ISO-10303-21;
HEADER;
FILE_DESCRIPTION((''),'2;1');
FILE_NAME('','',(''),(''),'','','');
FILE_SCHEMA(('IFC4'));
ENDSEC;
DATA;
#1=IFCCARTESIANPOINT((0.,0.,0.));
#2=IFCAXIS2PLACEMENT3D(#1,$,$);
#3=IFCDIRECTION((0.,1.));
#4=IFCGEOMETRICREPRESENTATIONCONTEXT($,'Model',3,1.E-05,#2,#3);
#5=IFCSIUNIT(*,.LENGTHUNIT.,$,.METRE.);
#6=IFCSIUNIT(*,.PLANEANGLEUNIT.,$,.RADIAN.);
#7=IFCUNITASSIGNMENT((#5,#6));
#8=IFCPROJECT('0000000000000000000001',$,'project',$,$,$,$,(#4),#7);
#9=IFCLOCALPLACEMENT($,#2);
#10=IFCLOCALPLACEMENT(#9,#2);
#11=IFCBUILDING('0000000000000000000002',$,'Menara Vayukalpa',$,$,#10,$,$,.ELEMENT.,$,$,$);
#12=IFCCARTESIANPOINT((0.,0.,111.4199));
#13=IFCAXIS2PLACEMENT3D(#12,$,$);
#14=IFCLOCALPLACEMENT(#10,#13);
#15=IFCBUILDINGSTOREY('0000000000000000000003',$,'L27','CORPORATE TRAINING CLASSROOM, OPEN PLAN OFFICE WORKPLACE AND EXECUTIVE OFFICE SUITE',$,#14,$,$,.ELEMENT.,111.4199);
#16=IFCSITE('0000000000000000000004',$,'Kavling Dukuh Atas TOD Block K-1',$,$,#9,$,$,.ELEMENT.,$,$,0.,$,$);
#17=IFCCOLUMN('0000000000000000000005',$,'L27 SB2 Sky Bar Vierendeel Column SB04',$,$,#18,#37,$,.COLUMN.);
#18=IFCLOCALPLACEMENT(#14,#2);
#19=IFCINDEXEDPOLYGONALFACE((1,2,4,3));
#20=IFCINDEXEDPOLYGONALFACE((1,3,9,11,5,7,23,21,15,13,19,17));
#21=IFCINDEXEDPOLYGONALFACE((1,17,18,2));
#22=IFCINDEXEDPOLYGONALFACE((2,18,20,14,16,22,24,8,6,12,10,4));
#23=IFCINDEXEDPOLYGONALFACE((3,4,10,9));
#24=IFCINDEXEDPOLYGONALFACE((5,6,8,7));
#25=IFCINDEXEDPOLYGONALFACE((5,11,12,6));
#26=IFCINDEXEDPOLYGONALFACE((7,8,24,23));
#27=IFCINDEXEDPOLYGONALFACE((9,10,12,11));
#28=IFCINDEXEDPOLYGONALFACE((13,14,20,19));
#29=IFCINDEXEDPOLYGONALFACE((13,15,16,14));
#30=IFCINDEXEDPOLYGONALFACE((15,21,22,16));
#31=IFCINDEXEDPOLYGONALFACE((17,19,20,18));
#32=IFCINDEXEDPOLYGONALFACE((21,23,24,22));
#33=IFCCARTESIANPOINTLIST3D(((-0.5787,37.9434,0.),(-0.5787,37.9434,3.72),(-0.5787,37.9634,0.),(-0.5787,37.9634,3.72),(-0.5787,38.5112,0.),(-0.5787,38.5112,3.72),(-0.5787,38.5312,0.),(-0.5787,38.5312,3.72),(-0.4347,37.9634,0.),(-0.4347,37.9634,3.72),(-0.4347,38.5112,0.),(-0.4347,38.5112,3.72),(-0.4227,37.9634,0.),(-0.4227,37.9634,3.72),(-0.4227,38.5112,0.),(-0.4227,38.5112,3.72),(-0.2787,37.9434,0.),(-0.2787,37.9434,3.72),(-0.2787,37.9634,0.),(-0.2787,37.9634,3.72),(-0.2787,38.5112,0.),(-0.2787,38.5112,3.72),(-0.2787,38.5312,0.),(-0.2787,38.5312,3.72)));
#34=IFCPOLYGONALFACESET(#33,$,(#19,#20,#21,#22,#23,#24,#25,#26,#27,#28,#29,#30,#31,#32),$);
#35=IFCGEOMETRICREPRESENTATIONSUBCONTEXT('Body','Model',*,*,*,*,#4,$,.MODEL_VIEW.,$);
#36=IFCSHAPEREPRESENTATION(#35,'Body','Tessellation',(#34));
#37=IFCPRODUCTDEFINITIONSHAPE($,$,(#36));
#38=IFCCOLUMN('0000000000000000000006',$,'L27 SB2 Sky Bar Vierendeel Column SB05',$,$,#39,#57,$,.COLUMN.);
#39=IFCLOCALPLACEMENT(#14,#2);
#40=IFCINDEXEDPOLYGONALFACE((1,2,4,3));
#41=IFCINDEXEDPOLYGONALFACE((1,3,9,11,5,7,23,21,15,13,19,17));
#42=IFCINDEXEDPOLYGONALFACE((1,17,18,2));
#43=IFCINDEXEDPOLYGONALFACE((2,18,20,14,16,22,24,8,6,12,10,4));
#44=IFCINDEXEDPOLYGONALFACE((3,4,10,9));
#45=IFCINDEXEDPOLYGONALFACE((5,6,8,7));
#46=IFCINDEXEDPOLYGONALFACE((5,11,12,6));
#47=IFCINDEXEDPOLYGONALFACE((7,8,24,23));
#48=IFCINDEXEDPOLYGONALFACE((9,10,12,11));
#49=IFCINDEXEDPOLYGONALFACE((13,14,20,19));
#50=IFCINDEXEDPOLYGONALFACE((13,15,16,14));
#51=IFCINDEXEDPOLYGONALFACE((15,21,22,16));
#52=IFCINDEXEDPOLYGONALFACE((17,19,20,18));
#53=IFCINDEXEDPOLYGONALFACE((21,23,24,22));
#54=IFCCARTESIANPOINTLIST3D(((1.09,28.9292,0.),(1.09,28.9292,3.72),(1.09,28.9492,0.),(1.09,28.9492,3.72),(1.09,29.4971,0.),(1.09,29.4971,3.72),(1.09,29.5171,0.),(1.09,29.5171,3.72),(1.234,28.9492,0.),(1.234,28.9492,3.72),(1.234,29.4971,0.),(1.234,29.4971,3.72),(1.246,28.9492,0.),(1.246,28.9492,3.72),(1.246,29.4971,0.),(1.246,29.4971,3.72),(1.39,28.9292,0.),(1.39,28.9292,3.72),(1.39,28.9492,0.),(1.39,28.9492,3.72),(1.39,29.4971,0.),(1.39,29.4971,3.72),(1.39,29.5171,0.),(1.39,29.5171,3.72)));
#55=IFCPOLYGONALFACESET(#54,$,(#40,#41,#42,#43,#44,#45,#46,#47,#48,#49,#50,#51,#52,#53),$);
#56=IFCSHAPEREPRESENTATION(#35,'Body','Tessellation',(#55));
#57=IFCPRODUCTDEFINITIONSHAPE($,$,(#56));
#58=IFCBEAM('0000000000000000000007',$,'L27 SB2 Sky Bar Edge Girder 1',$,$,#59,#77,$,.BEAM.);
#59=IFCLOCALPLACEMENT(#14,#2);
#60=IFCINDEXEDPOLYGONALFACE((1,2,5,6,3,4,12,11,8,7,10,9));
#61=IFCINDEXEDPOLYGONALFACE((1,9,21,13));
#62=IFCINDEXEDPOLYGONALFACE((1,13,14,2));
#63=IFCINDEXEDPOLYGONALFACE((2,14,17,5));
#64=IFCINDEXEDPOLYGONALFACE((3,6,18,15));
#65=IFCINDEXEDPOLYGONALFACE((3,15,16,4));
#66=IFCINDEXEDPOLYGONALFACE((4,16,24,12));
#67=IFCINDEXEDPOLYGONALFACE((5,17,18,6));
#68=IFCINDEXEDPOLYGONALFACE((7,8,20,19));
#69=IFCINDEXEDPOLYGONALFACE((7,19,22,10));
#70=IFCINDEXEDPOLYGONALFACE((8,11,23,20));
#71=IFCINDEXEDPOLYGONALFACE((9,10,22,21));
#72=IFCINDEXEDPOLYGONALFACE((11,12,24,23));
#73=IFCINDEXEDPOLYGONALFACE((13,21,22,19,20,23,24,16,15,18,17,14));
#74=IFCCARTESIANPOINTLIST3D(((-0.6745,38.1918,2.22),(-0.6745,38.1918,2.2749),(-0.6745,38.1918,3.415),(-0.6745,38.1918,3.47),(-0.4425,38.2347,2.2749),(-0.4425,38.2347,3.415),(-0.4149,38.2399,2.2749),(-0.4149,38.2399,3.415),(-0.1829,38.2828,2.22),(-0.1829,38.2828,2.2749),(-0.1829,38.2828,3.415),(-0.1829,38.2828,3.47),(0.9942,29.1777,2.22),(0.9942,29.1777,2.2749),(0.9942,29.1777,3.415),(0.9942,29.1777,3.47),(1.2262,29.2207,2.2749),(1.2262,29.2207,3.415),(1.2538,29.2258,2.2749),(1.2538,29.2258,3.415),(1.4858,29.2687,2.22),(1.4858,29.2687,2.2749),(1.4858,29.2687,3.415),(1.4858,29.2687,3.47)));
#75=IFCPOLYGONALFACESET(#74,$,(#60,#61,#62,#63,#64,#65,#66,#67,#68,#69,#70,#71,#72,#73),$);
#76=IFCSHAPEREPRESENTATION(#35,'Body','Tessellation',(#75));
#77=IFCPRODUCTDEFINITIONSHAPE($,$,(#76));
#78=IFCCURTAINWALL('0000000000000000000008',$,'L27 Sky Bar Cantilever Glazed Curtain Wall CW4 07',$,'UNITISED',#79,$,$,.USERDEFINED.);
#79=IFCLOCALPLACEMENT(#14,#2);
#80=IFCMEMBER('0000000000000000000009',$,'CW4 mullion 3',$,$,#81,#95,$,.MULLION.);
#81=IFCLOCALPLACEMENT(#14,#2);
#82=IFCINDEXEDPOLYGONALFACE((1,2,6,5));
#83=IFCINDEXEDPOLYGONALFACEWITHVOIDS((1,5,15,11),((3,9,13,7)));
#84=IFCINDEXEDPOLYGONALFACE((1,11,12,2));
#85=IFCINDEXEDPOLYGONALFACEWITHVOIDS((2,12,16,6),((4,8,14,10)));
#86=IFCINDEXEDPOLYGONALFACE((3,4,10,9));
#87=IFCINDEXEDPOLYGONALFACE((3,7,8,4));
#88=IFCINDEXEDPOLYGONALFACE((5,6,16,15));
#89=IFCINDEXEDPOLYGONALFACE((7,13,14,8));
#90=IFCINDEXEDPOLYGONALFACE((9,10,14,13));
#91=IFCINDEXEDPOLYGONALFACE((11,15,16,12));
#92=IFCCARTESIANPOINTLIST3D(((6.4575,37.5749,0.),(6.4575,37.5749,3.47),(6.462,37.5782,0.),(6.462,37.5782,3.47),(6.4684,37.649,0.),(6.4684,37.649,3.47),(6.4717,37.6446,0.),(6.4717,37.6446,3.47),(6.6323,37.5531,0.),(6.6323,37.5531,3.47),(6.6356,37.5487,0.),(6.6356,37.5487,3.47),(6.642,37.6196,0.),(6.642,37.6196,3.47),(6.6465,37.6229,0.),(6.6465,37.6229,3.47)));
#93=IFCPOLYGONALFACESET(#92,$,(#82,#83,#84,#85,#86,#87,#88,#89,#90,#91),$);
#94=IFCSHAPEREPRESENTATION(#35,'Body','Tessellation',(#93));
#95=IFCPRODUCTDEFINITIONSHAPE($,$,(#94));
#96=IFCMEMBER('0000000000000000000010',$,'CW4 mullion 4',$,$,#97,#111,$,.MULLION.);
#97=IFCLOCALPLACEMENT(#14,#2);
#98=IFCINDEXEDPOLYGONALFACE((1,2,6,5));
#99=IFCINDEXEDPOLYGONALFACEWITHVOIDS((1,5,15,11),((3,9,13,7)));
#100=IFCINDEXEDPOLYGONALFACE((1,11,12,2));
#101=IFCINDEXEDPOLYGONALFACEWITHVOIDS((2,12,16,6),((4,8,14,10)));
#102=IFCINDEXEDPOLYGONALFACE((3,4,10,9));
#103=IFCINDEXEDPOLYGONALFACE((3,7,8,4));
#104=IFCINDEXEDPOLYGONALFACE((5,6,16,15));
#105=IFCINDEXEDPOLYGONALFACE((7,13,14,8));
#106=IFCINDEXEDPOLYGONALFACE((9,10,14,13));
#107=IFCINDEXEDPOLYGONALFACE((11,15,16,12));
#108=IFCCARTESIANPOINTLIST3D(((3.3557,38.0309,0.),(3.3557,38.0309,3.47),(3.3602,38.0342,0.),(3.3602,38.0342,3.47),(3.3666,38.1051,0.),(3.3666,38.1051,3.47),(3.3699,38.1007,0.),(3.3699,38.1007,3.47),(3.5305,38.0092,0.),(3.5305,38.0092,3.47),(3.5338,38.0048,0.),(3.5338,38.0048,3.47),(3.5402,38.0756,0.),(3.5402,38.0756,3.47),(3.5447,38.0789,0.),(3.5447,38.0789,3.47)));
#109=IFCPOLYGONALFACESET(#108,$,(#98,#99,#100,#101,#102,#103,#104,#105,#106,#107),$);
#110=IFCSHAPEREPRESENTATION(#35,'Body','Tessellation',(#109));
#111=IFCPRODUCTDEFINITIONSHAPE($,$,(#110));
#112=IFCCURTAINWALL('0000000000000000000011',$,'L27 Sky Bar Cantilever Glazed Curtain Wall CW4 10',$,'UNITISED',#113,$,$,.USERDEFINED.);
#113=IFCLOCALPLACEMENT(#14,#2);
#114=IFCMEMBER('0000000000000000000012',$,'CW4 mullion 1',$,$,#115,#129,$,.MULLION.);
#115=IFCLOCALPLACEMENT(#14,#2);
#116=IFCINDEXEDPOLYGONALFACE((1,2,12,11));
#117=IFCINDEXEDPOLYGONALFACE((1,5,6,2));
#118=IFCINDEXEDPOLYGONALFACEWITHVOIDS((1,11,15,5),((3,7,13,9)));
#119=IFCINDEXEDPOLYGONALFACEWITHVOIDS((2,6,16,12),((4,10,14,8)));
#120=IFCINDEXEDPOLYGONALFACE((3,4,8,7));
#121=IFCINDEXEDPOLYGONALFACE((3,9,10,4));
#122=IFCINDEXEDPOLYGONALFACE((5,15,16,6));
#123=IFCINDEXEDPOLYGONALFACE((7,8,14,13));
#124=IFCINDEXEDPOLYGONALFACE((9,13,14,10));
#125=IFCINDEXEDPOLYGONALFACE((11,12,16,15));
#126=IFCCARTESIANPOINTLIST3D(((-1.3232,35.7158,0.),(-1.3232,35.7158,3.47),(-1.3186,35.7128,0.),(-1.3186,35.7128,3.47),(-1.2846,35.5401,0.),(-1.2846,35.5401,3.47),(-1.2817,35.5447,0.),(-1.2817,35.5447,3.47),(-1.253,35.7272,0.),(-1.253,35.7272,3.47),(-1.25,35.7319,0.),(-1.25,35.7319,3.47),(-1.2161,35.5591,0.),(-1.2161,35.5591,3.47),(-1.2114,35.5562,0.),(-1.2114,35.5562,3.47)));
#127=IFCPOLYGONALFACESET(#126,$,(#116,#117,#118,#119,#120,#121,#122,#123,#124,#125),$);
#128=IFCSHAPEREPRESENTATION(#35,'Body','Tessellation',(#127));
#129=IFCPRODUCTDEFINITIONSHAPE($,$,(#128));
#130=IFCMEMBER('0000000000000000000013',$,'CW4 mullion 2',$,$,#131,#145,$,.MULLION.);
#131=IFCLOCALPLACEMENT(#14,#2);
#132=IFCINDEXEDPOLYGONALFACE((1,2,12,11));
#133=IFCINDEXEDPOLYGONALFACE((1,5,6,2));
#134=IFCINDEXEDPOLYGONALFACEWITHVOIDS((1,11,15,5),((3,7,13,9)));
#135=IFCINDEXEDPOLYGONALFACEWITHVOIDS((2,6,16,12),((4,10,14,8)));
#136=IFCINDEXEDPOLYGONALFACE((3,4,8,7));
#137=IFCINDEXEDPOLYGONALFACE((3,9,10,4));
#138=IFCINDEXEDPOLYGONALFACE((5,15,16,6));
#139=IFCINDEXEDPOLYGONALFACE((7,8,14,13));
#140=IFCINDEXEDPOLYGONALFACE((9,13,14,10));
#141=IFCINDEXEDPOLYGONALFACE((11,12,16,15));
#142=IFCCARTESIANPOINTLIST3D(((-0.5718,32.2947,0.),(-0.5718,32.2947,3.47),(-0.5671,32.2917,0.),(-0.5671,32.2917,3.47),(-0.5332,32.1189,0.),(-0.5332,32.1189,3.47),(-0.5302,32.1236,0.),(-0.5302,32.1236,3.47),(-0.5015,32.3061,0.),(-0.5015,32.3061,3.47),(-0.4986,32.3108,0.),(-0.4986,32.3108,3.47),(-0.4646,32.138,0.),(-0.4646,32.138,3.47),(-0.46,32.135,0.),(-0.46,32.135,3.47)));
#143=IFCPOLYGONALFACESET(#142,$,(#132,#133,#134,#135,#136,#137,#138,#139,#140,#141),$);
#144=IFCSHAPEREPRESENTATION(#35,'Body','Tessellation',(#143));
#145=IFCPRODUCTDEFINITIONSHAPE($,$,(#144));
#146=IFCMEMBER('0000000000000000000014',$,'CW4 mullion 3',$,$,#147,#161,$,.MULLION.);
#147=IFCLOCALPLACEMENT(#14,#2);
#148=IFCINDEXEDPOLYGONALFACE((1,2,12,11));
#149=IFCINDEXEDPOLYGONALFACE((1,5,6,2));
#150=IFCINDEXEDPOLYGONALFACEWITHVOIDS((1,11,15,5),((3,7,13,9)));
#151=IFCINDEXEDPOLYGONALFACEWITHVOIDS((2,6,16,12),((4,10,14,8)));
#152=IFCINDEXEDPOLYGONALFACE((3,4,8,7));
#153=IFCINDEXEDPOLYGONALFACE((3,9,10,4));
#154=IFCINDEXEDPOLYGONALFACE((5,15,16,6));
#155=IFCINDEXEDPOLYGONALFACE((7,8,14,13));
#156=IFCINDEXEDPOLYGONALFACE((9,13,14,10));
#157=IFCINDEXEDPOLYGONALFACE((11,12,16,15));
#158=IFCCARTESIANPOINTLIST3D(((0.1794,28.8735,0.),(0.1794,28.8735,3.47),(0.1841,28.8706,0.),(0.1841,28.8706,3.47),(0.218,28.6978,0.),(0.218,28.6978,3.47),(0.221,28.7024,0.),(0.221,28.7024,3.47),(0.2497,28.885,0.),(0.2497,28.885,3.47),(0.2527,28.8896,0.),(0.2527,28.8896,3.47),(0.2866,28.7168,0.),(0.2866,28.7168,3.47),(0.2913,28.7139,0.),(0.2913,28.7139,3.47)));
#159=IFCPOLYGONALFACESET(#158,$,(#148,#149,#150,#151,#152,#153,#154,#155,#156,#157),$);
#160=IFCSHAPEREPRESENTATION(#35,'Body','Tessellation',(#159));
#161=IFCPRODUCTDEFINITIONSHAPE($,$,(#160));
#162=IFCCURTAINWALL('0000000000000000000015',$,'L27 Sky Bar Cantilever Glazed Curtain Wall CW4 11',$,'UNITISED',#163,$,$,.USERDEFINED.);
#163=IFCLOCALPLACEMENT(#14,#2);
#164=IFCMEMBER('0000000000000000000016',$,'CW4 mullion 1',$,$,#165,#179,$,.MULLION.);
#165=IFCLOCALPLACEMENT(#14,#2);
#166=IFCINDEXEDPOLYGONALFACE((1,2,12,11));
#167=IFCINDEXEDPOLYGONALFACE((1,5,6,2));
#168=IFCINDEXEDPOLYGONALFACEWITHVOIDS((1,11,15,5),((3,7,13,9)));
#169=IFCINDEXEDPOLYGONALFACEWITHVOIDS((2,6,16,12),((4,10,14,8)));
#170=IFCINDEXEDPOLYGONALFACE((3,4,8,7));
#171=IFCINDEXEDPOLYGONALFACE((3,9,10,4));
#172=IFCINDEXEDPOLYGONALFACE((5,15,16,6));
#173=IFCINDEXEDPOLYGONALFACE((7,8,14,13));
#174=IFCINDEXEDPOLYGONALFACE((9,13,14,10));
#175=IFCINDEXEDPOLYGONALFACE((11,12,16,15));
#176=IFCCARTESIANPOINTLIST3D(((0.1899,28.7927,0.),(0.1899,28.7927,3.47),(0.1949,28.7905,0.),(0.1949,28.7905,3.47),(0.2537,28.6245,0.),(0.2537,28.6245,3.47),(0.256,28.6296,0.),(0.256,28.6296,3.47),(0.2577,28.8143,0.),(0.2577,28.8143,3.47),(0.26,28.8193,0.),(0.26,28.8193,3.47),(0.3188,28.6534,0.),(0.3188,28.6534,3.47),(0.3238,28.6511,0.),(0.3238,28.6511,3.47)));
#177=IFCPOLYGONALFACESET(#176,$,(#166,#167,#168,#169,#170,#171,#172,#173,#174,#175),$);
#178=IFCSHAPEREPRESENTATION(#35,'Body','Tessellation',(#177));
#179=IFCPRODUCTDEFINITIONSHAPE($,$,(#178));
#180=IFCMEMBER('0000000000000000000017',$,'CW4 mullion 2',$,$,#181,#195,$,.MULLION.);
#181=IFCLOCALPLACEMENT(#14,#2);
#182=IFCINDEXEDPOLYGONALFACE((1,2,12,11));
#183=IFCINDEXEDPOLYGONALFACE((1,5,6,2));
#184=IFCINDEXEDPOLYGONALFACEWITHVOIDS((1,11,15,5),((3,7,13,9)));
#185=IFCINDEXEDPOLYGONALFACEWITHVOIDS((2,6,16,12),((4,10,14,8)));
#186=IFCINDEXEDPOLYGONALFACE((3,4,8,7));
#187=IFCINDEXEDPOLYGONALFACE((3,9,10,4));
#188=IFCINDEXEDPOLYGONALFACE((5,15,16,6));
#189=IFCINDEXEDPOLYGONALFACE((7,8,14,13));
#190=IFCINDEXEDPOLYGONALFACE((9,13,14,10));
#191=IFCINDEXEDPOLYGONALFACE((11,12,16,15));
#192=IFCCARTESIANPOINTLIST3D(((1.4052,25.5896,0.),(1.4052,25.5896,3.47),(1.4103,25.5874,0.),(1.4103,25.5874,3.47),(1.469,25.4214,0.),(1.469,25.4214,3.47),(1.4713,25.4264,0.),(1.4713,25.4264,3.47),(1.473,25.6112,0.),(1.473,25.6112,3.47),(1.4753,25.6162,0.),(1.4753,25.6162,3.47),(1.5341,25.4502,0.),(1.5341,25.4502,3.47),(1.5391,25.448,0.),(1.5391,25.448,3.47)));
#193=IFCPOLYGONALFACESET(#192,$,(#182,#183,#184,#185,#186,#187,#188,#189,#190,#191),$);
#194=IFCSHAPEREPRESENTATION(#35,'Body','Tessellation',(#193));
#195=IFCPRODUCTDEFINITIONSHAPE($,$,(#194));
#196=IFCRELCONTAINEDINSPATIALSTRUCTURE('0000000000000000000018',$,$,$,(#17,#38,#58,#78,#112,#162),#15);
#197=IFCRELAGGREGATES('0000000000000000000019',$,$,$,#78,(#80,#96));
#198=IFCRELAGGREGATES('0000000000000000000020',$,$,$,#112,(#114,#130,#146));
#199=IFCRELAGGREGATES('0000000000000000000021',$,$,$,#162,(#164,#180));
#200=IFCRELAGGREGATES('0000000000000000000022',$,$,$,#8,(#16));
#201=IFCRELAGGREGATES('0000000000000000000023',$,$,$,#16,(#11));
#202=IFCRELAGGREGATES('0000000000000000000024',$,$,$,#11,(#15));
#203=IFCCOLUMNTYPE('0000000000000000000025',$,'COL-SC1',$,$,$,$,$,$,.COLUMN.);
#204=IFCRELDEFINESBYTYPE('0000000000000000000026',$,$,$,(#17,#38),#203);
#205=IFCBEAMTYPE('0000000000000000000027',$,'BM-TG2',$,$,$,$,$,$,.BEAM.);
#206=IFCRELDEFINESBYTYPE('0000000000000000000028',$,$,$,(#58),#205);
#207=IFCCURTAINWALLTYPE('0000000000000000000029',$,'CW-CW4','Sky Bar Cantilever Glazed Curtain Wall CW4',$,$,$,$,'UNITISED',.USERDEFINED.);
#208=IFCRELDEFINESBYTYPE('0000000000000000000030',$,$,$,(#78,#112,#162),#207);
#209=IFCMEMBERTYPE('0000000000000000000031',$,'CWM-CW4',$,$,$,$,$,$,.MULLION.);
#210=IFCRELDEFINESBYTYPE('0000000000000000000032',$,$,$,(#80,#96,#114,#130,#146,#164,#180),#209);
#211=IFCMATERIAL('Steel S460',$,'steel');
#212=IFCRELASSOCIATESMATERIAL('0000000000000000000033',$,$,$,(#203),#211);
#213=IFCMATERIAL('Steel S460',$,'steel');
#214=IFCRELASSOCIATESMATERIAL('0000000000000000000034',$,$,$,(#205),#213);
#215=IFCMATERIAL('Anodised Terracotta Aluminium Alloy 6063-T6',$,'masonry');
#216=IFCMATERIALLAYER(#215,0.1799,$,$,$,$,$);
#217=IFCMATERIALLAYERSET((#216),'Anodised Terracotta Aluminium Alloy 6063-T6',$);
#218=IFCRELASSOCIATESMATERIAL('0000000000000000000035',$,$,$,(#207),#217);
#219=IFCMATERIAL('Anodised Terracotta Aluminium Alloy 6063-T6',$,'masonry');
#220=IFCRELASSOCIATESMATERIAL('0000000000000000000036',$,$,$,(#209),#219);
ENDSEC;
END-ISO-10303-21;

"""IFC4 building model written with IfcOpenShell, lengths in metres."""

from ifc_helpers import new_model, si_unit, direction, frame, origin, origin_2d, place, context, subcontext, project, spatial, hollow_rectangle, i_section, extrude, material, layer, layer_set, material_profile, profile_set, type_object, element, aggregate, save


model = new_model("IFC4")

# Units and contexts
model_context = context("Model", 3, precision=1e-05, world=origin(), true_north=direction((0.0, 1.0)))
body_context = subcontext(model_context, "Body", "Model", "MODEL_VIEW")
ifc_project = project(units=[si_unit("LENGTHUNIT", "METRE"), si_unit("PLANEANGLEUNIT", "RADIAN")], contexts=[model_context])

# Site, building, storey
site_placement = place(None, origin())
site = spatial("IfcSite", under=ifc_project, at=site_placement, Name="Kavling Dukuh Atas TOD Block K-1", CompositionType="ELEMENT", RefElevation=0.0)
building_placement = place(site_placement, origin())
building = spatial("IfcBuilding", under=site, at=building_placement, Name="Menara Vayukalpa", CompositionType="ELEMENT")
storey_placement = place(building_placement, frame((0.0, 0.0, 111.4199)))
storey = spatial("IfcBuildingStorey", under=building, at=storey_placement, Name="L27", Description="CORPORATE TRAINING CLASSROOM, OPEN PLAN OFFICE WORKPLACE AND EXECUTIVE OFFICE SUITE", CompositionType="ELEMENT", Elevation=111.4199)

# Columns
ifc_material_1 = material(Name="Steel S460", Category="steel")
ifc_material_profile_1 = material_profile(ifc_material_1, i_section(OverallWidth=0.3, OverallDepth=0.5879, WebThickness=0.012, FlangeThickness=0.02, at=origin_2d()), Name="H 588x300x12x20")
ifc_profile_set_1 = profile_set([ifc_material_profile_1], Name="Steel S460")
column_type = type_object("IfcColumnType", Name="COL-SC1", PredefinedType="COLUMN", material=ifc_profile_set_1)
for number, where, z_axis, x_axis, name in (
    (1, (-0.4287, 38.2373, 0.0), (0.0, 0.0, 1.0), (1.0, 0.0, 0.0), "L27 SB2 Sky Bar Vierendeel Column SB04"),
    (2, (1.24, 29.2231, 0.0), (0.0, 0.0, 1.0), (1.0, 0.0, 0.0), "L27 SB2 Sky Bar Vierendeel Column SB05"),
):
    element("IfcColumn", number, at=place(storey_placement, frame(where, z_axis=z_axis, x_axis=x_axis)), inside=storey, type_object=column_type, Name=name, PredefinedType="COLUMN", context=body_context, shape_type="SweptSolid", body=[
        extrude(i_section(OverallWidth=0.3, OverallDepth=0.5879, WebThickness=0.012, FlangeThickness=0.02, at=origin_2d()), origin(), (0.0, 0.0, 1.0), 3.72),
    ])

# Beam
ifc_material_2 = material(Name="Steel S460", Category="steel")
ifc_material_profile_2 = material_profile(ifc_material_2, i_section(OverallWidth=0.5, OverallDepth=1.25, WebThickness=0.0281, FlangeThickness=0.0549, at=origin_2d()), Name="WG 1250x500x28x55")
ifc_profile_set_2 = profile_set([ifc_material_profile_2], Name="Steel S460")
beam_type = type_object("IfcBeamType", Name="BM-TG2", PredefinedType="BEAM", material=ifc_profile_set_2)
beam_placement = place(storey_placement, frame((-0.4287, 38.2373, 2.845), z_axis=(0.182027, -0.983293, 0.0), x_axis=(0.983293, 0.182027, 0.0)))
element("IfcBeam", 3, at=beam_placement, inside=storey, type_object=beam_type, Name="L27 SB2 Sky Bar Edge Girder 1", PredefinedType="BEAM", context=body_context, shape_type="SweptSolid", body=[
    extrude(i_section(OverallWidth=0.5, OverallDepth=1.25, WebThickness=0.0281, FlangeThickness=0.0549, at=origin_2d()), origin(), (0.0, 0.0, 1.0), 9.1672),
])

# Curtain walls, members
ifc_material_3 = material(Name="Anodised Terracotta Aluminium Alloy 6063-T6", Category="masonry")
ifc_layer_1 = layer(ifc_material_3, 0.1799)
ifc_layer_set_1 = layer_set([ifc_layer_1], Name="Anodised Terracotta Aluminium Alloy 6063-T6")
curtain_wall_type = type_object("IfcCurtainWallType", Name="CW-CW4", Description="Sky Bar Cantilever Glazed Curtain Wall CW4", ElementType="UNITISED", PredefinedType="USERDEFINED", material=ifc_layer_set_1)
curtain_wall_1_placement = place(storey_placement, origin())
curtain_wall_1 = element("IfcCurtainWall", 4, at=curtain_wall_1_placement, inside=storey, type_object=curtain_wall_type, Name="L27 Sky Bar Cantilever Glazed Curtain Wall CW4 07", ObjectType="UNITISED", PredefinedType="USERDEFINED")
ifc_material_4 = material(Name="Anodised Terracotta Aluminium Alloy 6063-T6", Category="masonry")
ifc_material_profile_3 = material_profile(ifc_material_4, hollow_rectangle(XDim=0.075, YDim=0.1799, WallThickness=0.0039, at=origin_2d()), Name="ALU 75x180x4")
ifc_profile_set_3 = profile_set([ifc_material_profile_3], Name="Anodised Terracotta Aluminium Alloy 6063-T6")
member_type_1 = type_object("IfcMemberType", Name="CWM-CW4", PredefinedType="MULLION", material=ifc_profile_set_3)
member_1_placement = place(storey_placement, frame((6.552, 37.5989, 0.0), z_axis=(0.0, 0.0, 1.0), x_axis=(-0.145451, -0.989365, 0.0)))
member_1 = element("IfcMember", 5, at=member_1_placement, type_object=member_type_1, Name="CW4 mullion 3", PredefinedType="MULLION", context=body_context, shape_type="SweptSolid", body=[
    extrude(hollow_rectangle(XDim=0.075, YDim=0.1799, WallThickness=0.0039, at=origin_2d()), origin(), (0.0, 0.0, 1.0), 3.47),
])
member_2_placement = place(storey_placement, frame((3.4502, 38.0549, 0.0), z_axis=(0.0, 0.0, 1.0), x_axis=(-0.145451, -0.989365, 0.0)))
member_2 = element("IfcMember", 6, at=member_2_placement, type_object=member_type_1, Name="CW4 mullion 4", PredefinedType="MULLION", context=body_context, shape_type="SweptSolid", body=[
    extrude(hollow_rectangle(XDim=0.075, YDim=0.1799, WallThickness=0.0039, at=origin_2d()), origin(), (0.0, 0.0, 1.0), 3.47),
])
curtain_wall_2_placement = place(storey_placement, origin())
curtain_wall_2 = element("IfcCurtainWall", 7, at=curtain_wall_2_placement, inside=storey, type_object=curtain_wall_type, Name="L27 Sky Bar Cantilever Glazed Curtain Wall CW4 10", ObjectType="UNITISED", PredefinedType="USERDEFINED")
member_3_placement = place(storey_placement, frame((-1.2673, 35.636, 0.0), z_axis=(0.0, 0.0, 1.0), x_axis=(0.976722, 0.21451, 0.0)))
member_3 = element("IfcMember", 8, at=member_3_placement, type_object=member_type_1, Name="CW4 mullion 1", PredefinedType="MULLION", context=body_context, shape_type="SweptSolid", body=[
    extrude(hollow_rectangle(XDim=0.075, YDim=0.1799, WallThickness=0.0039, at=origin_2d()), origin(), (0.0, 0.0, 1.0), 3.47),
])
member_4_placement = place(storey_placement, frame((-0.5159, 32.2148, 0.0), z_axis=(0.0, 0.0, 1.0), x_axis=(0.976722, 0.21451, 0.0)))
member_4 = element("IfcMember", 9, at=member_4_placement, type_object=member_type_1, Name="CW4 mullion 2", PredefinedType="MULLION", context=body_context, shape_type="SweptSolid", body=[
    extrude(hollow_rectangle(XDim=0.075, YDim=0.1799, WallThickness=0.0039, at=origin_2d()), origin(), (0.0, 0.0, 1.0), 3.47),
])
member_5_placement = place(storey_placement, frame((0.2354, 28.7937, 0.0), z_axis=(0.0, 0.0, 1.0), x_axis=(0.976722, 0.21451, 0.0)))
member_5 = element("IfcMember", 10, at=member_5_placement, type_object=member_type_1, Name="CW4 mullion 3", PredefinedType="MULLION", context=body_context, shape_type="SweptSolid", body=[
    extrude(hollow_rectangle(XDim=0.075, YDim=0.1799, WallThickness=0.0039, at=origin_2d()), origin(), (0.0, 0.0, 1.0), 3.47),
])
curtain_wall_3_placement = place(storey_placement, origin())
curtain_wall_3 = element("IfcCurtainWall", 11, at=curtain_wall_3_placement, inside=storey, type_object=curtain_wall_type, Name="L27 Sky Bar Cantilever Glazed Curtain Wall CW4 11", ObjectType="UNITISED", PredefinedType="USERDEFINED")
member_6_placement = place(storey_placement, frame((0.2568, 28.7219, 0.0), z_axis=(0.0, 0.0, 1.0), x_axis=(0.934964, 0.354742, 0.0)))
member_6 = element("IfcMember", 12, at=member_6_placement, type_object=member_type_1, Name="CW4 mullion 1", PredefinedType="MULLION", context=body_context, shape_type="SweptSolid", body=[
    extrude(hollow_rectangle(XDim=0.075, YDim=0.1799, WallThickness=0.0039, at=origin_2d()), origin(), (0.0, 0.0, 1.0), 3.47),
])
member_7_placement = place(storey_placement, frame((1.4722, 25.5188, 0.0), z_axis=(0.0, 0.0, 1.0), x_axis=(0.934964, 0.354742, 0.0)))
member_7 = element("IfcMember", 13, at=member_7_placement, type_object=member_type_1, Name="CW4 mullion 2", PredefinedType="MULLION", context=body_context, shape_type="SweptSolid", body=[
    extrude(hollow_rectangle(XDim=0.075, YDim=0.1799, WallThickness=0.0039, at=origin_2d()), origin(), (0.0, 0.0, 1.0), 3.47),
])

aggregate(curtain_wall_1, [member_1, member_2])
aggregate(curtain_wall_2, [member_3, member_4, member_5])
aggregate(curtain_wall_3, [member_6, member_7])

save(model, "model.ifc")
